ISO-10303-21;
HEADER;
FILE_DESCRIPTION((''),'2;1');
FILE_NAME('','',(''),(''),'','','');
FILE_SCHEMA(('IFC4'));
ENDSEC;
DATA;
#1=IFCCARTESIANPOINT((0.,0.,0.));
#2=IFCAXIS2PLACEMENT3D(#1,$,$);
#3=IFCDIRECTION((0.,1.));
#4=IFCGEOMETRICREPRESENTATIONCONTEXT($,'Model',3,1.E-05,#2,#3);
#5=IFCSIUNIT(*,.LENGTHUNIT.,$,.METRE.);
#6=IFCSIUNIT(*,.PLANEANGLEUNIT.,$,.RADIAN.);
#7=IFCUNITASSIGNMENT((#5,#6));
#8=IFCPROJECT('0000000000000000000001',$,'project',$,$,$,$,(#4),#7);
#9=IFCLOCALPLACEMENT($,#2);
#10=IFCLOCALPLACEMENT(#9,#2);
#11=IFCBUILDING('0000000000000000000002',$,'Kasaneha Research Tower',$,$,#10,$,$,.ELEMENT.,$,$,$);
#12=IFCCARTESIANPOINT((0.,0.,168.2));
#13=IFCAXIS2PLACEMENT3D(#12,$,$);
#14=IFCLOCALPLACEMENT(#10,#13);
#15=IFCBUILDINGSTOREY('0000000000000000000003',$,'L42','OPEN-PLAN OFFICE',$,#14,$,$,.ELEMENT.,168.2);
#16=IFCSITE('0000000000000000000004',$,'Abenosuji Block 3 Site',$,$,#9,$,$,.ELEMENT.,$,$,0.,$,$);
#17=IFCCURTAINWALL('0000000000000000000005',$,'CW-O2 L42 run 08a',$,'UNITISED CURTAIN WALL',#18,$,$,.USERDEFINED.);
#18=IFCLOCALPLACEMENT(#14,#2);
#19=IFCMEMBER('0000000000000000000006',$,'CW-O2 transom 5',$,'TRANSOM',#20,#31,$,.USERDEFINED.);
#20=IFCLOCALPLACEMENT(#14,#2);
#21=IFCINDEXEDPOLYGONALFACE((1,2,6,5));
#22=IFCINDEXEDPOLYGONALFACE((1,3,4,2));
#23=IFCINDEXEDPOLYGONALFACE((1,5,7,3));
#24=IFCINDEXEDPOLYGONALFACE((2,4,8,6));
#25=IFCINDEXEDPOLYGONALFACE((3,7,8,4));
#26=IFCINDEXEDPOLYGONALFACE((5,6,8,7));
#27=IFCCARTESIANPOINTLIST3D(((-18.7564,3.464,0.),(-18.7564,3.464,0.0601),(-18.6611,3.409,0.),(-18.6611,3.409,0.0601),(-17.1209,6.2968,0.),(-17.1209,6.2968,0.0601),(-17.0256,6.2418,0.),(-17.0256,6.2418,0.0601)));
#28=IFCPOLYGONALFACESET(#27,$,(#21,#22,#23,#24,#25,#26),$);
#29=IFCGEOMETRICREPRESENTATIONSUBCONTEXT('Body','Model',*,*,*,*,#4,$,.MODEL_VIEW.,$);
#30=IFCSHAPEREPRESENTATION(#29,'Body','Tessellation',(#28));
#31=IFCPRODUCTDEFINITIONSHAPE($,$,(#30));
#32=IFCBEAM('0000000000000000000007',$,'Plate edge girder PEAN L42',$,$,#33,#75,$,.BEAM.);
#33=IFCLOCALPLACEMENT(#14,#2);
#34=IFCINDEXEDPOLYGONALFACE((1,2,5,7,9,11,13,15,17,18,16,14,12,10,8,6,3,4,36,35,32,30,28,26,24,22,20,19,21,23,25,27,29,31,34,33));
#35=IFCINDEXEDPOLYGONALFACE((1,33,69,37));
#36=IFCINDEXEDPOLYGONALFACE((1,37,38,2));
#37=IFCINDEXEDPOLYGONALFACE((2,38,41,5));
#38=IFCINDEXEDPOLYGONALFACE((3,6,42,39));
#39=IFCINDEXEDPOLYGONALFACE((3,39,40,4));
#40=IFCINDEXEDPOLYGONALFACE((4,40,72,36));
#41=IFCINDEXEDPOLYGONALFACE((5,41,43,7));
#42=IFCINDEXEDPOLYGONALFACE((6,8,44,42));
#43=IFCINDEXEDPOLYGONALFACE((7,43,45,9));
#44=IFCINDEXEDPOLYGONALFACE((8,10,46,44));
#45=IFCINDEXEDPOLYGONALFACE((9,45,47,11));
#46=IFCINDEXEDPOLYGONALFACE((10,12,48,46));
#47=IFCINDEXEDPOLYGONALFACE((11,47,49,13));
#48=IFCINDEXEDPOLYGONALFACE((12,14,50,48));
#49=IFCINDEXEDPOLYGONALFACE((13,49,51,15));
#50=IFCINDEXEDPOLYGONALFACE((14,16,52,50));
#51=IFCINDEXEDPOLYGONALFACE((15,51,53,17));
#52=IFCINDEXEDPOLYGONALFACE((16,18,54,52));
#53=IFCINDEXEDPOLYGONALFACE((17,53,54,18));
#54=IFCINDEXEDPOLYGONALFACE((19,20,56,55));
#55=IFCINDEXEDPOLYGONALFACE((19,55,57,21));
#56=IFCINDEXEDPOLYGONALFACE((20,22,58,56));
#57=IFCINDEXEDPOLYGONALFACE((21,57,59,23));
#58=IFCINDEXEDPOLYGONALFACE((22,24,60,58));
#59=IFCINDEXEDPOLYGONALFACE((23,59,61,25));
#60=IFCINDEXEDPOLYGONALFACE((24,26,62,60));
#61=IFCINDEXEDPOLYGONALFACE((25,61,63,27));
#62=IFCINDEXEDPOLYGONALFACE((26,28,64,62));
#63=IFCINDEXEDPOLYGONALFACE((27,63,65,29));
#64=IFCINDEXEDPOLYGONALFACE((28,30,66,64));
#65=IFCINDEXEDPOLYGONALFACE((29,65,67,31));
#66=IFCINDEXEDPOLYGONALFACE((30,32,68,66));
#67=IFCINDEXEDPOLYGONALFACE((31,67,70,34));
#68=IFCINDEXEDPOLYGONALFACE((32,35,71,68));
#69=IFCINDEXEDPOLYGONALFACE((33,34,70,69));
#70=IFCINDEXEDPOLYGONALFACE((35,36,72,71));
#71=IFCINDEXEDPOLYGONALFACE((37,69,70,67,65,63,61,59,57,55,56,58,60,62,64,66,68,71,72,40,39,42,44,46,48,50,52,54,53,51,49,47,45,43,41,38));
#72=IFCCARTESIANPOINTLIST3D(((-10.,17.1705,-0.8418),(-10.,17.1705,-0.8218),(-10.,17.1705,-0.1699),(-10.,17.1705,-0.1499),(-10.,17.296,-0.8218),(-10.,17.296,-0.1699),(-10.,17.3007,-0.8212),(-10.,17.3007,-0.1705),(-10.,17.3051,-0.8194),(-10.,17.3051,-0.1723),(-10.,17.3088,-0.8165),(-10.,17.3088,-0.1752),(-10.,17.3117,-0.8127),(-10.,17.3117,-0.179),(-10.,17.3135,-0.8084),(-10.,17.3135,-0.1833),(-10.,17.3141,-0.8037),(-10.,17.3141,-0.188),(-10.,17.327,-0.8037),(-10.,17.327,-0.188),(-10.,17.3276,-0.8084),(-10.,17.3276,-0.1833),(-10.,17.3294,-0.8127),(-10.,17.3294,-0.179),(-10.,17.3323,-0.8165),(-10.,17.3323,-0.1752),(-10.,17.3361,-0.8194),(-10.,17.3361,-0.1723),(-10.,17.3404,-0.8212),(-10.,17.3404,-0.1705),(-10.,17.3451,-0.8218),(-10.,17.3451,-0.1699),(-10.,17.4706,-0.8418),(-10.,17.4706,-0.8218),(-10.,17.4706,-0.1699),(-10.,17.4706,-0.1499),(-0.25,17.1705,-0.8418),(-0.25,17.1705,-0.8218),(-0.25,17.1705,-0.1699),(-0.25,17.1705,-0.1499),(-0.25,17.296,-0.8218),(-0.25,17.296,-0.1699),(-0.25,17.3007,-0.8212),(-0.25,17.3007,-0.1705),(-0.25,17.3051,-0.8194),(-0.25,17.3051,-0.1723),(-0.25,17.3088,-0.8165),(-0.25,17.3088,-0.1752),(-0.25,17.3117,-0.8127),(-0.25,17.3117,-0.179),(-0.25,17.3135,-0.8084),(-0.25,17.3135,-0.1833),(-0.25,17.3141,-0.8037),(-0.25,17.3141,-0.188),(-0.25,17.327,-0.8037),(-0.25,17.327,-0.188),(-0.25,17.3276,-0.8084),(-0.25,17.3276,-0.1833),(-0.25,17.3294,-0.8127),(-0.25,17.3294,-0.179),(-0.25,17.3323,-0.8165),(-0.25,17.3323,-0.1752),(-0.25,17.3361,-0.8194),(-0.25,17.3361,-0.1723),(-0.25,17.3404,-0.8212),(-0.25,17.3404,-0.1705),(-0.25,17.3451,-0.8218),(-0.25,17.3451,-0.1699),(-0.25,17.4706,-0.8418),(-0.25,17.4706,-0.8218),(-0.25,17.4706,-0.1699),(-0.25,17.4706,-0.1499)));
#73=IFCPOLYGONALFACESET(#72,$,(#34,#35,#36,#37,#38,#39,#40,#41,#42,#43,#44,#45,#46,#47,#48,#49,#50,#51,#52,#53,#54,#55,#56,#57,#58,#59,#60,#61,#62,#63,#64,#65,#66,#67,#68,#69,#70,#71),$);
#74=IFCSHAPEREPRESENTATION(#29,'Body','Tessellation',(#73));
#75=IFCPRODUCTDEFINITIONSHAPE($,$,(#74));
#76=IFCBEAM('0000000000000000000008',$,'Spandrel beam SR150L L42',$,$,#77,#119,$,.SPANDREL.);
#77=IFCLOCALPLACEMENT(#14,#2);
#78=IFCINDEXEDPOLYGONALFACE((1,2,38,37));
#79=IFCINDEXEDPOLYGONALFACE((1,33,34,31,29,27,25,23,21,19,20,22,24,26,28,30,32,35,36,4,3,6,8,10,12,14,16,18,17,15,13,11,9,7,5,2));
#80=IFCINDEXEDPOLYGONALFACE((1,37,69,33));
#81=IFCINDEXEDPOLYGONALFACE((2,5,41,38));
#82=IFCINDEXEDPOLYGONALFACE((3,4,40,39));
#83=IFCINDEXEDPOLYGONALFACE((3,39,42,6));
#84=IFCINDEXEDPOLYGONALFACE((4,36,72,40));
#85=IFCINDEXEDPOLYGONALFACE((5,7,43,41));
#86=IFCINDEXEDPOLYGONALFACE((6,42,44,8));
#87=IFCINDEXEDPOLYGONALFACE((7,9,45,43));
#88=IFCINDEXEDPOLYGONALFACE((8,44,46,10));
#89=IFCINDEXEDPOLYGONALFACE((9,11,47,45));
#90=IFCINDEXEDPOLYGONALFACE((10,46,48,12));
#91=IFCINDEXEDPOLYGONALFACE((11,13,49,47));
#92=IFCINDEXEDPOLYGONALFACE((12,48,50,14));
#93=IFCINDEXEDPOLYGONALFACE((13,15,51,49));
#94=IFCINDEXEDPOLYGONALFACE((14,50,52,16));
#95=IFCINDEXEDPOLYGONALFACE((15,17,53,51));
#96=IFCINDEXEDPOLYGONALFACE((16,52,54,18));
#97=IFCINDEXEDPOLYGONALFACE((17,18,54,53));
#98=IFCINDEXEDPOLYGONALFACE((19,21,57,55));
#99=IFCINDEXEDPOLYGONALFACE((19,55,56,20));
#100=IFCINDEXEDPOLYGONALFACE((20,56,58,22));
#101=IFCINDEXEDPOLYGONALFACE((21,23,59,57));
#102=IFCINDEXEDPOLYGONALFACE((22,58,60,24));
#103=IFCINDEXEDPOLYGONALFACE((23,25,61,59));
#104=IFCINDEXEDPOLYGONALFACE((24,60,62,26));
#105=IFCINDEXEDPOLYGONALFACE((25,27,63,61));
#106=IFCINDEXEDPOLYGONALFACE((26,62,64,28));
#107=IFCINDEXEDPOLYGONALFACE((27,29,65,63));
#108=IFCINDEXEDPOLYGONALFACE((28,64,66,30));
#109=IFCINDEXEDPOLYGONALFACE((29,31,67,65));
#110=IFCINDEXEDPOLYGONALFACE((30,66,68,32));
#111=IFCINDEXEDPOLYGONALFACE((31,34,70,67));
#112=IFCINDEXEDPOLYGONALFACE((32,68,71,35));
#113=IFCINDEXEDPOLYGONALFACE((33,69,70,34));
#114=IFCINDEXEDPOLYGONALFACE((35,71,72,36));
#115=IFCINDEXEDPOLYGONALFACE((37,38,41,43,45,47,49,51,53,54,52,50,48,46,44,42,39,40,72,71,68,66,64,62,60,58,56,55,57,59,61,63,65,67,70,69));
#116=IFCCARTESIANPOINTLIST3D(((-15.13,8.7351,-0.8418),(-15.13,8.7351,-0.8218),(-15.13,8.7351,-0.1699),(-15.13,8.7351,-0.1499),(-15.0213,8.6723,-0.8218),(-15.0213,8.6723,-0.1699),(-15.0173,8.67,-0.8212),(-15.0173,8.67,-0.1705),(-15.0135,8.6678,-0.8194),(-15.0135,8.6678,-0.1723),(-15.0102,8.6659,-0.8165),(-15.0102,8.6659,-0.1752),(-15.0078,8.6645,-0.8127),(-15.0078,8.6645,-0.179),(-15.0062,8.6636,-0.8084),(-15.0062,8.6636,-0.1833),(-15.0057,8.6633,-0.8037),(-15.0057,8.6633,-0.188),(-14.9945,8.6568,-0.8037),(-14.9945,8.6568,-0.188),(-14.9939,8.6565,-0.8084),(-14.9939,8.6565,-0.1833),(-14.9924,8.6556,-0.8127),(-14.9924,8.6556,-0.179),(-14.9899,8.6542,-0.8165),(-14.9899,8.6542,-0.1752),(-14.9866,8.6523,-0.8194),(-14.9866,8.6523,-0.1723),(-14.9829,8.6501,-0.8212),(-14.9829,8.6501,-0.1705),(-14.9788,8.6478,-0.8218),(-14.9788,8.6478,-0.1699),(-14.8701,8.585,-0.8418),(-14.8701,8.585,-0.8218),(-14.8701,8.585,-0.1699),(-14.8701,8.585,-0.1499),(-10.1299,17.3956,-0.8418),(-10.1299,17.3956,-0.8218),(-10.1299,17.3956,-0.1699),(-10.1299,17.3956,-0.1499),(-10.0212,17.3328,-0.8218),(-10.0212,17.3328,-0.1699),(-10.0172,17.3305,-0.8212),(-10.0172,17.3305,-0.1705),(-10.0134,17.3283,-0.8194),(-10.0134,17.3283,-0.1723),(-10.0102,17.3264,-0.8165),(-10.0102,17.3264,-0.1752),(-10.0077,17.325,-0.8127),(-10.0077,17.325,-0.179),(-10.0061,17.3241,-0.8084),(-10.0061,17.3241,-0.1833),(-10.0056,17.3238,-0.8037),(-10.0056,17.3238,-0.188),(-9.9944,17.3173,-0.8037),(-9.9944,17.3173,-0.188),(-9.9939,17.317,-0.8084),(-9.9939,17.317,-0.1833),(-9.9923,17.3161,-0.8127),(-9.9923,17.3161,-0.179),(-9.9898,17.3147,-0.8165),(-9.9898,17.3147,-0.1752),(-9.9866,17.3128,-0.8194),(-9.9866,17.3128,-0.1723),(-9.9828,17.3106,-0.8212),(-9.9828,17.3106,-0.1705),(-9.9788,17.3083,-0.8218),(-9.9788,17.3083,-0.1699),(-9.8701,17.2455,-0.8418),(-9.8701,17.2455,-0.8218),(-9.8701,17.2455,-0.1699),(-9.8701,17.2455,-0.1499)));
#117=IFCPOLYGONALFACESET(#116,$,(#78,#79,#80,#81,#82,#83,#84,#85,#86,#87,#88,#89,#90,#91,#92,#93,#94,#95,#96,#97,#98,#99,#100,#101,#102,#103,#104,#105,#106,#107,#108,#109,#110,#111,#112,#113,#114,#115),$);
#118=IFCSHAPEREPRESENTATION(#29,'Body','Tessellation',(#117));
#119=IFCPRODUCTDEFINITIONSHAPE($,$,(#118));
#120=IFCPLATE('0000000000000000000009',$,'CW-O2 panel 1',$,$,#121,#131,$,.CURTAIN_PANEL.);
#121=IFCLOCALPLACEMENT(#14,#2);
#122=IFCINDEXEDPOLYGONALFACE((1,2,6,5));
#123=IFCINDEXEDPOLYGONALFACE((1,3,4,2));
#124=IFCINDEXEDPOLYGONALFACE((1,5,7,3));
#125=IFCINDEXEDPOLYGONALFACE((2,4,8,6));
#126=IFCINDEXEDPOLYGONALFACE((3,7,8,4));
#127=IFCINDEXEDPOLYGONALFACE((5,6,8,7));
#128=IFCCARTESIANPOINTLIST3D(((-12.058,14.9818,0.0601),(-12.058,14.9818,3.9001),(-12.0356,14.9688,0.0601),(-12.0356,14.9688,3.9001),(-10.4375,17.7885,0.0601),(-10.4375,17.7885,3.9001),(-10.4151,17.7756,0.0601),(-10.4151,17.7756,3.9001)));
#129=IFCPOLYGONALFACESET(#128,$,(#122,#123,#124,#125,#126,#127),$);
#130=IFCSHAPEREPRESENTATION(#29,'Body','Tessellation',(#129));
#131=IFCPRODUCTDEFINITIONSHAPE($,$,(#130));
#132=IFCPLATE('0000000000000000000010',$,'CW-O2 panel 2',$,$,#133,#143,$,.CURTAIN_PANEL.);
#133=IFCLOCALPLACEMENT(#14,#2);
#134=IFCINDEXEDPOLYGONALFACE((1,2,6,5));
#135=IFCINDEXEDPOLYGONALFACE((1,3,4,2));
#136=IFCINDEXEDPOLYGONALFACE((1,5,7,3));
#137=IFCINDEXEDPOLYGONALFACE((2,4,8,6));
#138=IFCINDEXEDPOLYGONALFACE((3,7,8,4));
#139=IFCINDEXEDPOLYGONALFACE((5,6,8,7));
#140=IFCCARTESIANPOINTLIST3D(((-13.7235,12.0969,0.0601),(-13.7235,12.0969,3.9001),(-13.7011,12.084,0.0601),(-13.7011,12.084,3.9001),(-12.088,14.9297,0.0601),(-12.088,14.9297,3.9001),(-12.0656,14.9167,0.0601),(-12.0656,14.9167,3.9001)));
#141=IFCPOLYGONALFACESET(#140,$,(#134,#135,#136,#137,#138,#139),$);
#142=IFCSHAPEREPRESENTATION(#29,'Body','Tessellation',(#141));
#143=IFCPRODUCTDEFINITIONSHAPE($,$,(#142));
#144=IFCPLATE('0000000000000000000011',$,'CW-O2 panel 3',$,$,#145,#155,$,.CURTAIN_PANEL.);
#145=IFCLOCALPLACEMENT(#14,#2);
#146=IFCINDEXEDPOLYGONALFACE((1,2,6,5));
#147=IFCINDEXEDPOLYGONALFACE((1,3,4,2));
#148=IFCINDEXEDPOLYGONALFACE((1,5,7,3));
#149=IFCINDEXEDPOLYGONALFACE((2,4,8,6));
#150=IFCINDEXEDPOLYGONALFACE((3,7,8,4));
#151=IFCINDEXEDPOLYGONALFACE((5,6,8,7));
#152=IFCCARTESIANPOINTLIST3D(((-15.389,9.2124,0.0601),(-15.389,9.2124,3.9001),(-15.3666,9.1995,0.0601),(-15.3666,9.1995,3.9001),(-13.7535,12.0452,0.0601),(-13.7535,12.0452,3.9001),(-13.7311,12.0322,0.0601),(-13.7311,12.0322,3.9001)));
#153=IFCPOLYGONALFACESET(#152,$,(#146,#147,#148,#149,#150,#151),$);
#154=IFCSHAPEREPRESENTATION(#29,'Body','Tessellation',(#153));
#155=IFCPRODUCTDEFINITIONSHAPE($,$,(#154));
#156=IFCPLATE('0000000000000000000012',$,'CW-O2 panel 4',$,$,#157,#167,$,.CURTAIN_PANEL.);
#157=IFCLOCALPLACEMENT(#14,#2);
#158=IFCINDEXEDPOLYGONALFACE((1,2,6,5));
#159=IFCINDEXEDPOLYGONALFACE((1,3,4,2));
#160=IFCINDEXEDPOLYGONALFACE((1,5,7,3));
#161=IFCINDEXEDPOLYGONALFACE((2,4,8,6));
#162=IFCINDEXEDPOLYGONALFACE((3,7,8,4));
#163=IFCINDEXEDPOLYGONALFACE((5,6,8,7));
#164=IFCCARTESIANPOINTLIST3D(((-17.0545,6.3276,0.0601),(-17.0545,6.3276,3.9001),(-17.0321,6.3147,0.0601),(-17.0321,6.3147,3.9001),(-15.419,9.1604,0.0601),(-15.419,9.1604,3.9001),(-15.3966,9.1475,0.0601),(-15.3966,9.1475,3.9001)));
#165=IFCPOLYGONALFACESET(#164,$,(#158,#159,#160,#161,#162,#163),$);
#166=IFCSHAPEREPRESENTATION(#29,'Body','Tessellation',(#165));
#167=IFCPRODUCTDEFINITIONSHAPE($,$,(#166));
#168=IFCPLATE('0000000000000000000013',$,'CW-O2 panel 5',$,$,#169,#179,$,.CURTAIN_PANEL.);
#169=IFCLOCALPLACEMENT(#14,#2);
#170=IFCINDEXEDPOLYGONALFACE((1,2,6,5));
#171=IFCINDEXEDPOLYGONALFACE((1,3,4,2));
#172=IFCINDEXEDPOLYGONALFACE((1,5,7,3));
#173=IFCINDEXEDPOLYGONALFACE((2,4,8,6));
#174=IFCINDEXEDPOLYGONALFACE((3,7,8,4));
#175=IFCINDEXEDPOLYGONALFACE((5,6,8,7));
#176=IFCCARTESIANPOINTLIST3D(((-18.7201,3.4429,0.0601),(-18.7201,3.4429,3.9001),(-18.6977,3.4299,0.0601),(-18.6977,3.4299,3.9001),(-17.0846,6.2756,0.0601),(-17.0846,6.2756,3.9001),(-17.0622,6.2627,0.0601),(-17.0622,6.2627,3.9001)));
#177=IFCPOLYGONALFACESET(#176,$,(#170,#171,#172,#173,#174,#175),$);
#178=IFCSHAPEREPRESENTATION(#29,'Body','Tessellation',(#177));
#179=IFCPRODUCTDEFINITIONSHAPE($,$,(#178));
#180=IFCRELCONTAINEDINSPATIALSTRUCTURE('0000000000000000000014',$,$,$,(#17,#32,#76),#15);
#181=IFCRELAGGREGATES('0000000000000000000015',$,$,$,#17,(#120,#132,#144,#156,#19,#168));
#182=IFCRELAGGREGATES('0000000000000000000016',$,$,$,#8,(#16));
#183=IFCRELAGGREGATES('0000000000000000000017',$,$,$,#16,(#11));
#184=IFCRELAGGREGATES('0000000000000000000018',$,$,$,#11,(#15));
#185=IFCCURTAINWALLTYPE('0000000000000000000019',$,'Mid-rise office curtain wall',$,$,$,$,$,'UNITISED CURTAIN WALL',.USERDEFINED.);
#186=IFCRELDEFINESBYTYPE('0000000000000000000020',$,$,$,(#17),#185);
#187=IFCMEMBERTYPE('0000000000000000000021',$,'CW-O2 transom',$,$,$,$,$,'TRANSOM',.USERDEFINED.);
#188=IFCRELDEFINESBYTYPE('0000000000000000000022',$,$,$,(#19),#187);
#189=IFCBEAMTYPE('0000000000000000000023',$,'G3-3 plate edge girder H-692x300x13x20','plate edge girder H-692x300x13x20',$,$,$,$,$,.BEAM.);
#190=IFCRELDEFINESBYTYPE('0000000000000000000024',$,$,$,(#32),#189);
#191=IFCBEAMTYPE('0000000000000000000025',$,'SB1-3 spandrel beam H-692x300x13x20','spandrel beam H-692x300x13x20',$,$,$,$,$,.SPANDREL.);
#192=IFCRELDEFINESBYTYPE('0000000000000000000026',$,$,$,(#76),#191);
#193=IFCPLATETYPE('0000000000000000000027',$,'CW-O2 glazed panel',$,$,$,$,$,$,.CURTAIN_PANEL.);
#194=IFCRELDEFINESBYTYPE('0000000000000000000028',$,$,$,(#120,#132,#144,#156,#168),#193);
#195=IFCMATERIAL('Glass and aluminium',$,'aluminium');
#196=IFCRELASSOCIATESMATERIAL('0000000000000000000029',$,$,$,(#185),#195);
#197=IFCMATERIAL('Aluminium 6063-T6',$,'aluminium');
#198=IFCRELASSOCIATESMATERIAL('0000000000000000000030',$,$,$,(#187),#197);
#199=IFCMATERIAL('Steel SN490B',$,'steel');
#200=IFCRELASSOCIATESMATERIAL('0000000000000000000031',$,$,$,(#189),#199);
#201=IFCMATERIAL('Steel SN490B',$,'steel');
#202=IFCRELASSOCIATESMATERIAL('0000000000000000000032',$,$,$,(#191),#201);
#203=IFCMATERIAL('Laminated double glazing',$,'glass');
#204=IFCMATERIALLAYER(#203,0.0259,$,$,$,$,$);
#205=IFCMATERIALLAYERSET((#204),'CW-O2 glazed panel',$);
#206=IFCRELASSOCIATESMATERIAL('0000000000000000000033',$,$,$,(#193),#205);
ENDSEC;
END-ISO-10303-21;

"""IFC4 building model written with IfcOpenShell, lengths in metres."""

from ifc_helpers import new_model, si_unit, direction, frame, origin, origin_2d, place, context, subcontext, project, spatial, rectangle, i_section, extrude, material, layer, layer_set, material_profile, profile_set, type_object, element, aggregate, save


model = new_model("IFC4")

# Units and contexts
model_context = context("Model", 3, precision=1e-05, world=origin(), true_north=direction((0.0, 1.0)))
body_context = subcontext(model_context, "Body", "Model", "MODEL_VIEW")
ifc_project = project(units=[si_unit("LENGTHUNIT", "METRE"), si_unit("PLANEANGLEUNIT", "RADIAN")], contexts=[model_context])

# Site, building, storey
site_placement = place(None, origin())
site = spatial("IfcSite", under=ifc_project, at=site_placement, Name="Abenosuji Block 3 Site", CompositionType="ELEMENT", RefElevation=0.0)
building_placement = place(site_placement, origin())
building = spatial("IfcBuilding", under=site, at=building_placement, Name="Kasaneha Research Tower", CompositionType="ELEMENT")
storey_placement = place(building_placement, frame((0.0, 0.0, 168.2)))
storey = spatial("IfcBuildingStorey", under=building, at=storey_placement, Name="L42", Description="OPEN-PLAN OFFICE", CompositionType="ELEMENT", Elevation=168.2)

# Shared definitions
ifc_material_1 = material(Name="Glass and aluminium", Category="aluminium")
curtain_wall_type = type_object("IfcCurtainWallType", Name="Mid-rise office curtain wall", ElementType="UNITISED CURTAIN WALL", PredefinedType="USERDEFINED", material=ifc_material_1)

# Curtain wall, member
curtain_wall_1_placement = place(storey_placement, origin())
curtain_wall_1 = element("IfcCurtainWall", 1, at=curtain_wall_1_placement, inside=storey, type_object=curtain_wall_type, Name="CW-O2 L42 run 08a", ObjectType="UNITISED CURTAIN WALL", PredefinedType="USERDEFINED")
ifc_material_2 = material(Name="Aluminium 6063-T6", Category="aluminium")
ifc_material_profile_1 = material_profile(ifc_material_2, rectangle(XDim=0.1101, YDim=0.0601, at=origin_2d()), Name="CW-O2 transom 110x60")
ifc_profile_set_1 = profile_set([ifc_material_profile_1], Name="Aluminium 6063-T6")
member_type_1 = type_object("IfcMemberType", Name="CW-O2 transom", ElementType="TRANSOM", PredefinedType="USERDEFINED", material=ifc_profile_set_1)
member_1_placement = place(storey_placement, frame((-17.0732, 6.2693, 0.03), z_axis=(-0.5, -0.866025, 0.0), x_axis=(0.866025, -0.5, 0.0)))
member_1 = element("IfcMember", 2, at=member_1_placement, type_object=member_type_1, Name="CW-O2 transom 5", ObjectType="TRANSOM", PredefinedType="USERDEFINED", context=body_context, shape_type="SweptSolid", body=[
    extrude(rectangle(XDim=0.1101, YDim=0.0601, at=origin_2d()), origin(), (0.0, 0.0, 1.0), 3.271),
])

# Beams
ifc_material_3 = material(Name="Steel SN490B", Category="steel")
ifc_material_profile_2 = material_profile(ifc_material_3, i_section(OverallWidth=0.3, OverallDepth=0.6919, WebThickness=0.0129, FlangeThickness=0.02, FilletRadius=0.0181, at=origin_2d()), Name="H-692x300x13x20")
ifc_profile_set_2 = profile_set([ifc_material_profile_2], Name="Steel SN490B")
beam_type_1 = type_object("IfcBeamType", Name="G3-3 plate edge girder H-692x300x13x20", Description="plate edge girder H-692x300x13x20", PredefinedType="BEAM", material=ifc_profile_set_2)
beam_1_placement = place(storey_placement, frame((-10.0, 17.3206, -0.4958), z_axis=(1.0, 0.0, 0.0), x_axis=(0.0, 1.0, 0.0)))
element("IfcBeam", 3, at=beam_1_placement, inside=storey, type_object=beam_type_1, Name="Plate edge girder PEAN L42", PredefinedType="BEAM", context=body_context, shape_type="SweptSolid", body=[
    extrude(i_section(OverallWidth=0.3, OverallDepth=0.6919, WebThickness=0.0129, FlangeThickness=0.02, FilletRadius=0.0181, at=origin_2d()), origin(), (0.0, 0.0, 1.0), 9.75),
])
ifc_material_4 = material(Name="Steel SN490B", Category="steel")
ifc_material_profile_3 = material_profile(ifc_material_4, i_section(OverallWidth=0.3, OverallDepth=0.6919, WebThickness=0.0129, FlangeThickness=0.02, FilletRadius=0.0181, at=origin_2d()), Name="H-692x300x13x20")
ifc_profile_set_3 = profile_set([ifc_material_profile_3], Name="Steel SN490B")
beam_type_2 = type_object("IfcBeamType", Name="SB1-3 spandrel beam H-692x300x13x20", Description="spandrel beam H-692x300x13x20", PredefinedType="SPANDREL", material=ifc_profile_set_3)
beam_2_placement = place(storey_placement, frame((-10.0, 17.3206, -0.4958), z_axis=(-0.499994, -0.866029, 0.0), x_axis=(0.866029, -0.499994, 0.0)))
element("IfcBeam", 4, at=beam_2_placement, inside=storey, type_object=beam_type_2, Name="Spandrel beam SR150L L42", PredefinedType="SPANDREL", context=body_context, shape_type="SweptSolid", body=[
    extrude(i_section(OverallWidth=0.3, OverallDepth=0.6919, WebThickness=0.0129, FlangeThickness=0.02, FilletRadius=0.0181, at=origin_2d()), origin(), (0.0, 0.0, 1.0), 10.0002),
])

# Plates
ifc_material_5 = material(Name="Laminated double glazing", Category="glass")
ifc_layer_1 = layer(ifc_material_5, 0.0259)
ifc_layer_set_1 = layer_set([ifc_layer_1], Name="CW-O2 glazed panel")
plate_type = type_object("IfcPlateType", Name="CW-O2 glazed panel", PredefinedType="CURTAIN_PANEL", material=ifc_layer_set_1)
plate_1_placement = place(storey_placement, frame((-11.2366, 16.3787, 0.0601), z_axis=(0.0, 0.0, 1.0), x_axis=(-0.5, -0.866025, 0.0)))
plate_1 = element("IfcPlate", 5, at=plate_1_placement, type_object=plate_type, Name="CW-O2 panel 1", PredefinedType="CURTAIN_PANEL", context=body_context, shape_type="SweptSolid", body=[
    extrude(rectangle(XDim=3.241, YDim=0.0259, at=origin_2d()), origin(), (0.0, 0.0, 1.0), 3.8401),
])
plate_2_placement = place(storey_placement, frame((-12.8945, 13.5068, 0.0601), z_axis=(0.0, 0.0, 1.0), x_axis=(-0.5, -0.866025, 0.0)))
plate_2 = element("IfcPlate", 6, at=plate_2_placement, type_object=plate_type, Name="CW-O2 panel 2", PredefinedType="CURTAIN_PANEL", context=body_context, shape_type="SweptSolid", body=[
    extrude(rectangle(XDim=3.271, YDim=0.0259, at=origin_2d()), origin(), (0.0, 0.0, 1.0), 3.8401),
])
plate_3_placement = place(storey_placement, frame((-14.5601, 10.6223, 0.0601), z_axis=(0.0, 0.0, 1.0), x_axis=(-0.5, -0.866025, 0.0)))
plate_3 = element("IfcPlate", 7, at=plate_3_placement, type_object=plate_type, Name="CW-O2 panel 3", PredefinedType="CURTAIN_PANEL", context=body_context, shape_type="SweptSolid", body=[
    extrude(rectangle(XDim=3.271, YDim=0.0259, at=origin_2d()), origin(), (0.0, 0.0, 1.0), 3.8401),
])
plate_4_placement = place(storey_placement, frame((-16.2256, 7.7375, 0.0601), z_axis=(0.0, 0.0, 1.0), x_axis=(-0.5, -0.866025, 0.0)))
plate_4 = element("IfcPlate", 8, at=plate_4_placement, type_object=plate_type, Name="CW-O2 panel 4", PredefinedType="CURTAIN_PANEL", context=body_context, shape_type="SweptSolid", body=[
    extrude(rectangle(XDim=3.271, YDim=0.0259, at=origin_2d()), origin(), (0.0, 0.0, 1.0), 3.8401),
])
plate_5_placement = place(storey_placement, frame((-17.8911, 4.8528, 0.0601), z_axis=(0.0, 0.0, 1.0), x_axis=(-0.5, -0.866025, 0.0)))
plate_5 = element("IfcPlate", 9, at=plate_5_placement, type_object=plate_type, Name="CW-O2 panel 5", PredefinedType="CURTAIN_PANEL", context=body_context, shape_type="SweptSolid", body=[
    extrude(rectangle(XDim=3.271, YDim=0.0259, at=origin_2d()), origin(), (0.0, 0.0, 1.0), 3.8401),
])
aggregate(curtain_wall_1, [plate_1, plate_2, plate_3, plate_4, member_1, plate_5])

save(model, "model.ifc")
